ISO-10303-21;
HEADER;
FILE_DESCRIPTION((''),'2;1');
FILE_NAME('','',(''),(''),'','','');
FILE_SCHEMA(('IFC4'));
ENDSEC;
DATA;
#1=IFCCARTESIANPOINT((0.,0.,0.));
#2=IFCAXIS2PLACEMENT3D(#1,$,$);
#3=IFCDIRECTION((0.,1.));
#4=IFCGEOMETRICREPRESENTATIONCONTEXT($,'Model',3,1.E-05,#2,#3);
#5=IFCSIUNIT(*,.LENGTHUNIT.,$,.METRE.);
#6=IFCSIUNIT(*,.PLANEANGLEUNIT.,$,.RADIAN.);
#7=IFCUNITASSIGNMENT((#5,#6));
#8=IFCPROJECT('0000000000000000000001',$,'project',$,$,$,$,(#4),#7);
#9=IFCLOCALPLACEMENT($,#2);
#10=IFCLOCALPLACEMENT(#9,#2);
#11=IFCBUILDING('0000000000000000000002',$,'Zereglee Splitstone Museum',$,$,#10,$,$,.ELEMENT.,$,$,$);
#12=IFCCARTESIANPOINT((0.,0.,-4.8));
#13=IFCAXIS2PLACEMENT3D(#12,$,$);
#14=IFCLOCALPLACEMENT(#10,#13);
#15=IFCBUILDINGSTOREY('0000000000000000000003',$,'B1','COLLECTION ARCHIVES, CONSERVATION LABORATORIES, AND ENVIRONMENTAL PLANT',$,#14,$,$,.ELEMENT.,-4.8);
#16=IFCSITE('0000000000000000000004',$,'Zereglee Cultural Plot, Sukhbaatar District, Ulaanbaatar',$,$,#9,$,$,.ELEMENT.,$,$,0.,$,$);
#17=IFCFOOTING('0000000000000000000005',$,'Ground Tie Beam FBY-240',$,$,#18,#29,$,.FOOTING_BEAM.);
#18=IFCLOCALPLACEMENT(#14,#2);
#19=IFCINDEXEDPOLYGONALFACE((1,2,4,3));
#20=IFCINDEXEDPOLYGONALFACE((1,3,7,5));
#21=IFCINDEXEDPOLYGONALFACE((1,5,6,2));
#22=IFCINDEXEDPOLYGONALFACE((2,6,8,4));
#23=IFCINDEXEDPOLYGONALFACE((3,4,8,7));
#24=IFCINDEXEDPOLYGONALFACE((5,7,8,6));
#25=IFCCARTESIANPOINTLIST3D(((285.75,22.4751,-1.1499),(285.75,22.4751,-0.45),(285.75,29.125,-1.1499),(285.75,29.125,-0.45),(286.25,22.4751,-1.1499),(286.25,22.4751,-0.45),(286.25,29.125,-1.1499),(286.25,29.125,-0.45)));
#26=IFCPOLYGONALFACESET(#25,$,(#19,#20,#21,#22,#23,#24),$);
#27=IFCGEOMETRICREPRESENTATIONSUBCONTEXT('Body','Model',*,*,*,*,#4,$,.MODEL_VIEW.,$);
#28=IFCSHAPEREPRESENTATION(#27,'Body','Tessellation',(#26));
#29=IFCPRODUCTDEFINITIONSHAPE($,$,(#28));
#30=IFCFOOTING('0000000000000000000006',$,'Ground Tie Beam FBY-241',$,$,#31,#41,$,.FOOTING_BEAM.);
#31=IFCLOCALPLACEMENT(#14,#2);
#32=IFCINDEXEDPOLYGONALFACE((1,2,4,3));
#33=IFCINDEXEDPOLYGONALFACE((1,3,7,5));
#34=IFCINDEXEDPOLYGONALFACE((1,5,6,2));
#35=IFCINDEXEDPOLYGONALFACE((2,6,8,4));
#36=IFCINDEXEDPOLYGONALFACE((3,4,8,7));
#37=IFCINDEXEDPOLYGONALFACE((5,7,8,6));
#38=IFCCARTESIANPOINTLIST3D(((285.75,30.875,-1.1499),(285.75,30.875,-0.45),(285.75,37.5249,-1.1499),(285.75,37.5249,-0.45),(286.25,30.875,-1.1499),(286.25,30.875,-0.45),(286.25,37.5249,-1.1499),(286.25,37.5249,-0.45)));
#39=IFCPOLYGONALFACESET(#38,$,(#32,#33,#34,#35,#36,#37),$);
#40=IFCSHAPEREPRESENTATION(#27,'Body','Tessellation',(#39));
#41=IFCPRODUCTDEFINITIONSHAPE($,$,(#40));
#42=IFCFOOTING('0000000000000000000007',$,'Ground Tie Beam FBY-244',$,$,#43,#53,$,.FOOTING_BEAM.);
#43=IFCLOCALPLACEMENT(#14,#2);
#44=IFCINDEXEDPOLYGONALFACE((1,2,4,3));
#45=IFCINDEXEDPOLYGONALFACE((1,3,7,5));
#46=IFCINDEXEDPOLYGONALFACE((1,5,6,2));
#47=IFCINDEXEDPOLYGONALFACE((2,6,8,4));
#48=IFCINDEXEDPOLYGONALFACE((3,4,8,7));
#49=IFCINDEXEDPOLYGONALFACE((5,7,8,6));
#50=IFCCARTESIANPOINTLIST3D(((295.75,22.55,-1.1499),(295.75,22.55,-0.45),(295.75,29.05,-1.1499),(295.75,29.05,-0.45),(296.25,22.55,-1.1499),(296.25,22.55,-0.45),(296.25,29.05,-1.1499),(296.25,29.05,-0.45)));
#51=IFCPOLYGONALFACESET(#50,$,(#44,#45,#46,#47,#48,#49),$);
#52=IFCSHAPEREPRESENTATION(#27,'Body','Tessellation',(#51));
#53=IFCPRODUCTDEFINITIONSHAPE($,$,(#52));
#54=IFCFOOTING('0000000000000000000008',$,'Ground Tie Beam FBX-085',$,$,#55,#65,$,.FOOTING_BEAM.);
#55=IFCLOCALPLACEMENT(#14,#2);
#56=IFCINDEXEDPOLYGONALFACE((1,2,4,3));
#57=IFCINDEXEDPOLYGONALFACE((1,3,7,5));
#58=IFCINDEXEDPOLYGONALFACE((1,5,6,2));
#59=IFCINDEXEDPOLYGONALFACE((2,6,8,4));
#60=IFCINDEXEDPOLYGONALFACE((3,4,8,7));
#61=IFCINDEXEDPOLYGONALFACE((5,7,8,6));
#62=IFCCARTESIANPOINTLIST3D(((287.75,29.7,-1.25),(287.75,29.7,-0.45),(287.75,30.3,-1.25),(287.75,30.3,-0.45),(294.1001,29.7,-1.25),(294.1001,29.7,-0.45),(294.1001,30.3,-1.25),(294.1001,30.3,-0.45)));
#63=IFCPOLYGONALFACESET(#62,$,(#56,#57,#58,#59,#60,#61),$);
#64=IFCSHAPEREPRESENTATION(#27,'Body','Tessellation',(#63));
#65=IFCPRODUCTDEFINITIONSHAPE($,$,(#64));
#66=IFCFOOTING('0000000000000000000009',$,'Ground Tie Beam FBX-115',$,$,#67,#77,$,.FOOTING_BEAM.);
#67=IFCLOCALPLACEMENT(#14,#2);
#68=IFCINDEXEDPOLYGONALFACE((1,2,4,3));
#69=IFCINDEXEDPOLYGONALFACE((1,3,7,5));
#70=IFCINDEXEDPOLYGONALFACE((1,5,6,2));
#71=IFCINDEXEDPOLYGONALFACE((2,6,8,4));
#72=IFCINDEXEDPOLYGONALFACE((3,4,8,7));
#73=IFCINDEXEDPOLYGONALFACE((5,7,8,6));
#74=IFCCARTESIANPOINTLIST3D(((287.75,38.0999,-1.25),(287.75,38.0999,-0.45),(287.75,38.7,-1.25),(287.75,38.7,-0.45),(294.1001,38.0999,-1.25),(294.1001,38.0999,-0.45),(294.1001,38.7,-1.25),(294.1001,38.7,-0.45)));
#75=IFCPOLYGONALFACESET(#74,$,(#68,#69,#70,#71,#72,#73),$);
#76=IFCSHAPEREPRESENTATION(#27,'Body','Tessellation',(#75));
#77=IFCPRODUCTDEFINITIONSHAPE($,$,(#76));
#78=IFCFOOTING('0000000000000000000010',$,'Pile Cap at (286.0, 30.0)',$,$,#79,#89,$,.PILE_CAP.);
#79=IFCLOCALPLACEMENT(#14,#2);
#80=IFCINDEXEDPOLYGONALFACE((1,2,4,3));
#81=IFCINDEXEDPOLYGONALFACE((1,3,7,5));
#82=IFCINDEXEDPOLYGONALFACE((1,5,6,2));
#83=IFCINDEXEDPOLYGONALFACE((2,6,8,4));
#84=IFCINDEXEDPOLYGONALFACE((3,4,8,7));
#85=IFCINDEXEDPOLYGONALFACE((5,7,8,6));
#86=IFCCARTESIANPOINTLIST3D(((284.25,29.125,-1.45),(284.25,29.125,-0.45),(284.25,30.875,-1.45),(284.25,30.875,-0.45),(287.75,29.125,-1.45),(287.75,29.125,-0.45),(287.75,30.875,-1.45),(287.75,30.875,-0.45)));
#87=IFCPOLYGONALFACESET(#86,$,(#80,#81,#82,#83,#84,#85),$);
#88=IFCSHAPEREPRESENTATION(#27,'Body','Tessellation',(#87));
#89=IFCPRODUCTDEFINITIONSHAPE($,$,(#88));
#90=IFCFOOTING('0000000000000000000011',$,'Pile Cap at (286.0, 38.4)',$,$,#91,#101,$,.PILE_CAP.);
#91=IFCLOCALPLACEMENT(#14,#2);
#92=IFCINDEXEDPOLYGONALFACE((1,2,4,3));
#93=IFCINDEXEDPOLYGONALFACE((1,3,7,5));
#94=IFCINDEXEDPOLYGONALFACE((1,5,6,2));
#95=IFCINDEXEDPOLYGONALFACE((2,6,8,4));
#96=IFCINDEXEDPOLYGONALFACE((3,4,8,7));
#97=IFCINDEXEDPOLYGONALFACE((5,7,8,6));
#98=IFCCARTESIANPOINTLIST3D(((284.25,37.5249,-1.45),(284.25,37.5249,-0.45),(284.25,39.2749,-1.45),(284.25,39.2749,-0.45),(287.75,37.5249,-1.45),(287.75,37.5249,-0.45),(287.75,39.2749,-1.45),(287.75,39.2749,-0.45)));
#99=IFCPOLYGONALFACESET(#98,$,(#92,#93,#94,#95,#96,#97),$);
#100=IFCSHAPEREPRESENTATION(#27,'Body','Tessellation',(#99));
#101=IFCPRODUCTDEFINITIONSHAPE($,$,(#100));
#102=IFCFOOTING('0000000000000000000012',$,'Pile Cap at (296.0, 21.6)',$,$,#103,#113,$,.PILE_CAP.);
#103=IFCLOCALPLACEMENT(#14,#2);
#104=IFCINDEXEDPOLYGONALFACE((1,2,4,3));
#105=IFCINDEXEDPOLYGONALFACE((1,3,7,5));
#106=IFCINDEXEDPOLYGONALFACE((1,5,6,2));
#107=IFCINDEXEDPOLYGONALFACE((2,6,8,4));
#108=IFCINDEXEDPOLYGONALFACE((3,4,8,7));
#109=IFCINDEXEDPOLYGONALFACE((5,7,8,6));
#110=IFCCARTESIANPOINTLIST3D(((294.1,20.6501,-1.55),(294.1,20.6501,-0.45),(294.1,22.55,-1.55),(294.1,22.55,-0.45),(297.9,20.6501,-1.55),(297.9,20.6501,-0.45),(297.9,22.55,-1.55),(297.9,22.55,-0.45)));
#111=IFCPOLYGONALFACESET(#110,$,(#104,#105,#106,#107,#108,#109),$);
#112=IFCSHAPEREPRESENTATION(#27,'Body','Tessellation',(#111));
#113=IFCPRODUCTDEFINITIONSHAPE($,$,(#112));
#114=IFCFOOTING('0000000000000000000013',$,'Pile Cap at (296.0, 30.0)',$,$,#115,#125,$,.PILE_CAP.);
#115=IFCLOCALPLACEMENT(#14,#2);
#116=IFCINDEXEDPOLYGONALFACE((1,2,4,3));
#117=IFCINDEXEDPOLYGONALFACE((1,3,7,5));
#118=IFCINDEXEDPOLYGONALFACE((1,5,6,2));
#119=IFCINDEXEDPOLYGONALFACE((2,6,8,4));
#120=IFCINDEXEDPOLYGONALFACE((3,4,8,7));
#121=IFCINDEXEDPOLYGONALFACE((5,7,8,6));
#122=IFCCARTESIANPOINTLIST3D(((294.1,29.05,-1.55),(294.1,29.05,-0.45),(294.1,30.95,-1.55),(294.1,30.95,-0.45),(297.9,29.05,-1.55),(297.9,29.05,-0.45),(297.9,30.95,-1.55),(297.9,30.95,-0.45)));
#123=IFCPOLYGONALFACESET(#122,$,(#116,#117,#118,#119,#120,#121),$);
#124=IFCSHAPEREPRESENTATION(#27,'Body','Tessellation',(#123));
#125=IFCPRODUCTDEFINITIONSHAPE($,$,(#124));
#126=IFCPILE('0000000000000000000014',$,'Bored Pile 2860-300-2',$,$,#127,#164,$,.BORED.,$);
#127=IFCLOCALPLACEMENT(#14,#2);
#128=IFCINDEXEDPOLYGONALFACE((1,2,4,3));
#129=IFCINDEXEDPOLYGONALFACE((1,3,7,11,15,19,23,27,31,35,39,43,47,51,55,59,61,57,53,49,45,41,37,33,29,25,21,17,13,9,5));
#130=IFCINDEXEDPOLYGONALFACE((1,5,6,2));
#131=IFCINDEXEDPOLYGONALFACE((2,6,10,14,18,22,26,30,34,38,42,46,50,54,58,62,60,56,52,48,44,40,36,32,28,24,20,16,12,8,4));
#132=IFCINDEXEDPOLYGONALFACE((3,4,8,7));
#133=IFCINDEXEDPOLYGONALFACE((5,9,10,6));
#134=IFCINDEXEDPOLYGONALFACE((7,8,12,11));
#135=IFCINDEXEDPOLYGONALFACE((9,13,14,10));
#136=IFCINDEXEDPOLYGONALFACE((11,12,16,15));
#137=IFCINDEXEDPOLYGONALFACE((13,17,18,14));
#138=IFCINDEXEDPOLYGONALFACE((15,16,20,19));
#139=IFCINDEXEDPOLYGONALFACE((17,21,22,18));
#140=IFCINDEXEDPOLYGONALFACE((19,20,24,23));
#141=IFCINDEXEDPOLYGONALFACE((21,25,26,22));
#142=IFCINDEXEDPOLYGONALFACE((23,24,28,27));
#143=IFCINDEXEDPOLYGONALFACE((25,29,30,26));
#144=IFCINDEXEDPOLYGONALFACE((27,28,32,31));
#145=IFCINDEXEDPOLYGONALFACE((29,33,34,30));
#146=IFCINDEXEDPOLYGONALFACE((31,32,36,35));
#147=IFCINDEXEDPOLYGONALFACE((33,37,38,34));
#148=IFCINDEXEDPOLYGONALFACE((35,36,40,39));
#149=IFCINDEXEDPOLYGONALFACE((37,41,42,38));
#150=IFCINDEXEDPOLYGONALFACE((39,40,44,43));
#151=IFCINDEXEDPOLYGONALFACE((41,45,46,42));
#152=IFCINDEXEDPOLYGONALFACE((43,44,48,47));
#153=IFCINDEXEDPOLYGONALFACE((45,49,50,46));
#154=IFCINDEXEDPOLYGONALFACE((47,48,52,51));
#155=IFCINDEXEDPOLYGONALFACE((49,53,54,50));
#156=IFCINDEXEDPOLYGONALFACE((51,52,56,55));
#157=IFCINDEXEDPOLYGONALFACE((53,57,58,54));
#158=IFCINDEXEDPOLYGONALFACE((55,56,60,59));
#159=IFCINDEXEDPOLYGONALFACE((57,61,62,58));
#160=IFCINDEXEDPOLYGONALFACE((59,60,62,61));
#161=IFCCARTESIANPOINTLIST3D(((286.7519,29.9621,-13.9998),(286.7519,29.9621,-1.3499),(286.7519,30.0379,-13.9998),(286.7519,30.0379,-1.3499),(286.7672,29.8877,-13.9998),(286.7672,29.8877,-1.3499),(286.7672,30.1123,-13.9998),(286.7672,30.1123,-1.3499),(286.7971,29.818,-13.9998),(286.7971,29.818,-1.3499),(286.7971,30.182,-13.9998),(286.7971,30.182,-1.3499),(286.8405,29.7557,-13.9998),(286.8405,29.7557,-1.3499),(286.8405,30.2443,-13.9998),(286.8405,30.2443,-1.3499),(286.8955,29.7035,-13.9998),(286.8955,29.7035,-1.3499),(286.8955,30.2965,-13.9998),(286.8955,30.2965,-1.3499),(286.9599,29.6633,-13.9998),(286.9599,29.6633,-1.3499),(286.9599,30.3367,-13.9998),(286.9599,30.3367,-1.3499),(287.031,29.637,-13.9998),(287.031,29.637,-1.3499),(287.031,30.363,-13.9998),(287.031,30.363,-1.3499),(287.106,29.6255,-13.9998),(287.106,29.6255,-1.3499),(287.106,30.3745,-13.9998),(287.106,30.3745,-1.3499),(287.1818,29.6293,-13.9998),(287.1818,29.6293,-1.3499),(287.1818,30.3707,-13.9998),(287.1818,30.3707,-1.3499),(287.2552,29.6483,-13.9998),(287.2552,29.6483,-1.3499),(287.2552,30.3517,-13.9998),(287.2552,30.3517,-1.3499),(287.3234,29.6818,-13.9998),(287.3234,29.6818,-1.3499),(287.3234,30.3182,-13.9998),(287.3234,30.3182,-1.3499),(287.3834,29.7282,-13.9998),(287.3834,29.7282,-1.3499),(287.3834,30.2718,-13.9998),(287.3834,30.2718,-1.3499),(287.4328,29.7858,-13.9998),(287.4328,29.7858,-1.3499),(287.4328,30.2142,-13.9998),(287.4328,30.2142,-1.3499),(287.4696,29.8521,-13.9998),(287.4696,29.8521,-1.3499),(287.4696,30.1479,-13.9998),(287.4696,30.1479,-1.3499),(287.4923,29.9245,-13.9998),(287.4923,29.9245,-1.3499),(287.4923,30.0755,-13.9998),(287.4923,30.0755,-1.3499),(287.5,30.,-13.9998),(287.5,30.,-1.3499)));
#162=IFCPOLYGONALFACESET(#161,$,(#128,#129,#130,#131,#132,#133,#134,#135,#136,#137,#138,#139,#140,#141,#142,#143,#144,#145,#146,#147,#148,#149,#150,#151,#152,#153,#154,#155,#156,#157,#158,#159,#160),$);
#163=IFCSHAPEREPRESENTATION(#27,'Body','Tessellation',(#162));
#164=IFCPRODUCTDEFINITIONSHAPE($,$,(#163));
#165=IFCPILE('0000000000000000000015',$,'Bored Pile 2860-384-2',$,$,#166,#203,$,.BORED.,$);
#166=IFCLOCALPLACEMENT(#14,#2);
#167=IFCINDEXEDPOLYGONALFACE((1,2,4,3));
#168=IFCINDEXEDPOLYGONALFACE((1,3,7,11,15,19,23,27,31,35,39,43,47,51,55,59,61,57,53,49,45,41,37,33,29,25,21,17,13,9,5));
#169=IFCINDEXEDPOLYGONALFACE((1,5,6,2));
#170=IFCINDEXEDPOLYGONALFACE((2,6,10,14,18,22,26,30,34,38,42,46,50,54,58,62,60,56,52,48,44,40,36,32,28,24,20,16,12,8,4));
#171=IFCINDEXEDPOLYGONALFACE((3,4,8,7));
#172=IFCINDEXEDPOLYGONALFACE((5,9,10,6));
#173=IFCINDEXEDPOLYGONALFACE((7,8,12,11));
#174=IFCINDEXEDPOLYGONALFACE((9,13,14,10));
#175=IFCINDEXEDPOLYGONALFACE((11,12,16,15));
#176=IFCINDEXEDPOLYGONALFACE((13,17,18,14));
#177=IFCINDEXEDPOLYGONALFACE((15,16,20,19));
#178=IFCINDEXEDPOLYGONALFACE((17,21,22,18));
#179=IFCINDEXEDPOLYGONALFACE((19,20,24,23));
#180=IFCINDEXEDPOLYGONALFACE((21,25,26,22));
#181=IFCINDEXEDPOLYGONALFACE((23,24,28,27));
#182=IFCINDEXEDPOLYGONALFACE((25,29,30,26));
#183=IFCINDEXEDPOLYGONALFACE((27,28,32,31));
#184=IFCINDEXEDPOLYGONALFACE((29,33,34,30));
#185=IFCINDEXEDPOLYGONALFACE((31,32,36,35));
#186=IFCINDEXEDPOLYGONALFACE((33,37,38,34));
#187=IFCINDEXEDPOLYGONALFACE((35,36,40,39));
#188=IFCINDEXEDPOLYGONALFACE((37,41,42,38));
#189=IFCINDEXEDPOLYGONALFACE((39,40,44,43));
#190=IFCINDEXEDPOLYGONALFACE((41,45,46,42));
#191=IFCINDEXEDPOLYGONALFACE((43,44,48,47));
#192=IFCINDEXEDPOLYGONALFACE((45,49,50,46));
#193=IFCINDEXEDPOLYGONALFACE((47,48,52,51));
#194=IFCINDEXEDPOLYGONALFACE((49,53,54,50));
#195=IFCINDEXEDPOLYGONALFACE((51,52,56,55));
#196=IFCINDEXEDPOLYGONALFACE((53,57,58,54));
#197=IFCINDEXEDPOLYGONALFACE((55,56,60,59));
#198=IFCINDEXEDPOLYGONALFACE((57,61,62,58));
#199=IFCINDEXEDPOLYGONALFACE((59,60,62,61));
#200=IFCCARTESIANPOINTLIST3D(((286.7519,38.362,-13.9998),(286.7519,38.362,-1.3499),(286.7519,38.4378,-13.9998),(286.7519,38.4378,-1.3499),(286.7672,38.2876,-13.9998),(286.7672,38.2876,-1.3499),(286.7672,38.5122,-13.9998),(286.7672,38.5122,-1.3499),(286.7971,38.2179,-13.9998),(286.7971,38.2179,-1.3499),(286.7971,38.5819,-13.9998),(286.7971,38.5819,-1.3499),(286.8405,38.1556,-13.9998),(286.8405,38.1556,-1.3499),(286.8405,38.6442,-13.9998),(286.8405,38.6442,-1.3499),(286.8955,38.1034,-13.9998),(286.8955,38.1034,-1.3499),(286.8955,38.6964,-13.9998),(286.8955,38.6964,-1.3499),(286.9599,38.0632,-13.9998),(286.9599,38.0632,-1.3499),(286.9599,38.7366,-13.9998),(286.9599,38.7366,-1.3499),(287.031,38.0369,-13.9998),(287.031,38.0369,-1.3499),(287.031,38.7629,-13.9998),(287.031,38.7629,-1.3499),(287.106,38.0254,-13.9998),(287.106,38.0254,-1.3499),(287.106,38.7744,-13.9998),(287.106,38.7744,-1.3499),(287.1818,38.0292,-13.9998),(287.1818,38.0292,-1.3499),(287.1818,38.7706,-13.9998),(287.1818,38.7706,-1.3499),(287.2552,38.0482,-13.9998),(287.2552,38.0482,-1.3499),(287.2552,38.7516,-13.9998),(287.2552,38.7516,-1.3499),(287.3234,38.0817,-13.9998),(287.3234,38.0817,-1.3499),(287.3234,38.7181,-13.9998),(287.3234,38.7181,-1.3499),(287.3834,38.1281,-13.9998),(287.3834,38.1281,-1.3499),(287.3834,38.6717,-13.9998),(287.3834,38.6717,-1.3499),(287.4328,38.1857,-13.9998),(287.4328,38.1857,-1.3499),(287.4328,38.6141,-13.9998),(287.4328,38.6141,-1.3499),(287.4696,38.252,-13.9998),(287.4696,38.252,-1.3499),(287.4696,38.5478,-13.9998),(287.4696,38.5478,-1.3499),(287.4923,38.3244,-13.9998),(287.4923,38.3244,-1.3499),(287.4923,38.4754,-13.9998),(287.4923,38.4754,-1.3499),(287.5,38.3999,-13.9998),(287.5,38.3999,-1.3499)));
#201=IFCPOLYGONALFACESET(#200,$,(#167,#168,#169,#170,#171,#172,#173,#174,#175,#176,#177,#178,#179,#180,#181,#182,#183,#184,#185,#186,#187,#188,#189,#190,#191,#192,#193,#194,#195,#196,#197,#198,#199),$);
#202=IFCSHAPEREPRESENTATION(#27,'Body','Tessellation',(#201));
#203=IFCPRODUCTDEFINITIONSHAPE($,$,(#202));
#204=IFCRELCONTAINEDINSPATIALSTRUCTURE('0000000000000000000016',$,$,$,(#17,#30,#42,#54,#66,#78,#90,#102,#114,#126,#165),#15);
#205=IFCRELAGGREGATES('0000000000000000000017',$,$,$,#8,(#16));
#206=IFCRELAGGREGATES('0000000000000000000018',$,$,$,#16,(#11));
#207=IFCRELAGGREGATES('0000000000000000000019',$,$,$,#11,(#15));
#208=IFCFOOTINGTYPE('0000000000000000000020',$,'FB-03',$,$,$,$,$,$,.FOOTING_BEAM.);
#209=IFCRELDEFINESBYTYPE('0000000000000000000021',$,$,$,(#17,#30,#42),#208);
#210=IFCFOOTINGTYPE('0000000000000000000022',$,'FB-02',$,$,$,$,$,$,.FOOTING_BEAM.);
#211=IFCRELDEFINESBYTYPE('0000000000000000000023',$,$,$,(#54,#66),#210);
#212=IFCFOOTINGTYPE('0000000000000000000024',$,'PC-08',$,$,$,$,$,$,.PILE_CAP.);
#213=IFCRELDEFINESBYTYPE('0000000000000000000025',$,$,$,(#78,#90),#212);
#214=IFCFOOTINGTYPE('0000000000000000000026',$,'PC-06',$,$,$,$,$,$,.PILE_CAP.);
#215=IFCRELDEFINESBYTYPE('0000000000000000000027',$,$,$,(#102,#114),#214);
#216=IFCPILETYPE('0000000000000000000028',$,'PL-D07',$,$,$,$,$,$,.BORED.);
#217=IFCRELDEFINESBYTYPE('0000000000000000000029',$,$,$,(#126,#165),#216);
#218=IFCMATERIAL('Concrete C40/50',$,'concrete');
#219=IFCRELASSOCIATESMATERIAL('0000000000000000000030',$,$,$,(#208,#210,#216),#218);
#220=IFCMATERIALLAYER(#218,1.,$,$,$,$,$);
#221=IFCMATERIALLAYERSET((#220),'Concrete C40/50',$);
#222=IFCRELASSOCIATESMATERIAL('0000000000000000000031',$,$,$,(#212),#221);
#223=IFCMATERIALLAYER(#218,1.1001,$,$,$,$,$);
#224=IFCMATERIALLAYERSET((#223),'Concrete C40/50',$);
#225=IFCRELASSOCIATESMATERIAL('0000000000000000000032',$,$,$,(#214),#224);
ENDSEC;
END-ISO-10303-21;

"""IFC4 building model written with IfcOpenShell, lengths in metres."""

from ifc_helpers import new_model, si_unit, direction, frame, origin, origin_2d, place, context, subcontext, project, spatial, rectangle, circle, extrude, material, layer, layer_set, material_profile, profile_set, type_object, element, save


model = new_model("IFC4")

# Units and contexts
model_context = context("Model", 3, precision=1e-05, world=origin(), true_north=direction((0.0, 1.0)))
body_context = subcontext(model_context, "Body", "Model", "MODEL_VIEW")
ifc_project = project(units=[si_unit("LENGTHUNIT", "METRE"), si_unit("PLANEANGLEUNIT", "RADIAN")], contexts=[model_context])

# Site, building, storey
site_placement = place(None, origin())
site = spatial("IfcSite", under=ifc_project, at=site_placement, Name="Zereglee Cultural Plot, Sukhbaatar District, Ulaanbaatar", CompositionType="ELEMENT", RefElevation=0.0)
building_placement = place(site_placement, origin())
building = spatial("IfcBuilding", under=site, at=building_placement, Name="Zereglee Splitstone Museum", CompositionType="ELEMENT")
storey_placement = place(building_placement, frame((0.0, 0.0, -4.8)))
storey = spatial("IfcBuildingStorey", under=building, at=storey_placement, Name="B1", Description="COLLECTION ARCHIVES, CONSERVATION LABORATORIES, AND ENVIRONMENTAL PLANT", CompositionType="ELEMENT", Elevation=-4.8)

# Footings
ifc_material_1 = material(Name="Concrete C40/50", Category="concrete")
footing_type_1 = type_object("IfcFootingType", Name="FB-03", PredefinedType="FOOTING_BEAM", material=ifc_material_1)
for number, where, z_axis, x_axis, name in (
    (1, (286.0, 25.8, -1.1499), (0.0, 0.0, 1.0), (0.0, 1.0, 0.0), "Ground Tie Beam FBY-240"),
    (2, (286.0, 34.2, -1.1499), (0.0, 0.0, 1.0), (0.0, 1.0, 0.0), "Ground Tie Beam FBY-241"),
):
    element("IfcFooting", number, at=place(storey_placement, frame(where, z_axis=z_axis, x_axis=x_axis)), inside=storey, type_object=footing_type_1, Name=name, PredefinedType="FOOTING_BEAM", context=body_context, shape_type="SweptSolid", body=[
        extrude(rectangle(XDim=6.6499, YDim=0.5, at=origin_2d()), origin(), (0.0, 0.0, 1.0), 0.7),
    ])
footing_placement = place(storey_placement, frame((296.0, 25.8, -1.1499), z_axis=(0.0, 0.0, 1.0), x_axis=(0.0, 1.0, 0.0)))
element("IfcFooting", 3, at=footing_placement, inside=storey, type_object=footing_type_1, Name="Ground Tie Beam FBY-244", PredefinedType="FOOTING_BEAM", context=body_context, shape_type="SweptSolid", body=[
    extrude(rectangle(XDim=6.5, YDim=0.5, at=origin_2d()), origin(), (0.0, 0.0, 1.0), 0.7),
])
footing_type_2 = type_object("IfcFootingType", Name="FB-02", PredefinedType="FOOTING_BEAM", material=ifc_material_1)
for number, where, z_axis, x_axis, name in (
    (4, (290.925, 30.0, -1.25), (0.0, 0.0, 1.0), (1.0, 0.0, 0.0), "Ground Tie Beam FBX-085"),
    (5, (290.925, 38.3999, -1.25), (0.0, 0.0, 1.0), (1.0, 0.0, 0.0), "Ground Tie Beam FBX-115"),
):
    element("IfcFooting", number, at=place(storey_placement, frame(where, z_axis=z_axis, x_axis=x_axis)), inside=storey, type_object=footing_type_2, Name=name, PredefinedType="FOOTING_BEAM", context=body_context, shape_type="SweptSolid", body=[
        extrude(rectangle(XDim=6.3501, YDim=0.6001, at=origin_2d()), origin(), (0.0, 0.0, 1.0), 0.8),
    ])
ifc_layer_1 = layer(ifc_material_1, 1.0)
ifc_layer_set_1 = layer_set([ifc_layer_1], Name="Concrete C40/50")
footing_type_3 = type_object("IfcFootingType", Name="PC-08", PredefinedType="PILE_CAP", material=ifc_layer_set_1)
for number, where, z_axis, x_axis, name in (
    (6, (286.0, 30.0, -1.45), (0.0, 0.0, 1.0), (1.0, 0.0, 0.0), "Pile Cap at (286.0, 30.0)"),
    (7, (286.0, 38.3999, -1.45), (0.0, 0.0, 1.0), (1.0, 0.0, 0.0), "Pile Cap at (286.0, 38.4)"),
):
    element("IfcFooting", number, at=place(storey_placement, frame(where, z_axis=z_axis, x_axis=x_axis)), inside=storey, type_object=footing_type_3, Name=name, PredefinedType="PILE_CAP", context=body_context, shape_type="SweptSolid", body=[
        extrude(rectangle(XDim=3.5, YDim=1.75, at=origin_2d()), origin(), (0.0, 0.0, 1.0), 1.0),
    ])
ifc_layer_2 = layer(ifc_material_1, 1.1001)
ifc_layer_set_2 = layer_set([ifc_layer_2], Name="Concrete C40/50")
footing_type_4 = type_object("IfcFootingType", Name="PC-06", PredefinedType="PILE_CAP", material=ifc_layer_set_2)
for number, where, z_axis, x_axis, name in (
    (8, (296.0, 21.6001, -1.55), (0.0, 0.0, 1.0), (1.0, 0.0, 0.0), "Pile Cap at (296.0, 21.6)"),
    (9, (296.0, 30.0, -1.55), (0.0, 0.0, 1.0), (1.0, 0.0, 0.0), "Pile Cap at (296.0, 30.0)"),
):
    element("IfcFooting", number, at=place(storey_placement, frame(where, z_axis=z_axis, x_axis=x_axis)), inside=storey, type_object=footing_type_4, Name=name, PredefinedType="PILE_CAP", context=body_context, shape_type="SweptSolid", body=[
        extrude(rectangle(XDim=3.8, YDim=1.8999, at=origin_2d()), origin(), (0.0, 0.0, 1.0), 1.1001),
    ])

# Piles
ifc_material_profile_1 = material_profile(ifc_material_1, circle(Radius=0.375, at=origin_2d()), Name="PILE D750")
ifc_profile_set_1 = profile_set([ifc_material_profile_1], Name="Concrete C40/50")
pile_type = type_object("IfcPileType", Name="PL-D07", PredefinedType="BORED", material=ifc_profile_set_1)
for number, where, z_axis, x_axis, name in (
    (10, (287.125, 30.0, -1.3499), (0.0, 0.0, -1.0), (1.0, 0.0, 0.0), "Bored Pile 2860-300-2"),
    (11, (287.125, 38.3999, -1.3499), (0.0, 0.0, -1.0), (1.0, 0.0, 0.0), "Bored Pile 2860-384-2"),
):
    element("IfcPile", number, at=place(storey_placement, frame(where, z_axis=z_axis, x_axis=x_axis)), inside=storey, type_object=pile_type, Name=name, PredefinedType="BORED", context=body_context, shape_type="SweptSolid", body=[
        extrude(circle(Radius=0.375, at=origin_2d()), origin(), (0.0, 0.0, 1.0), 12.6499),
    ])

save(model, "model.ifc")
